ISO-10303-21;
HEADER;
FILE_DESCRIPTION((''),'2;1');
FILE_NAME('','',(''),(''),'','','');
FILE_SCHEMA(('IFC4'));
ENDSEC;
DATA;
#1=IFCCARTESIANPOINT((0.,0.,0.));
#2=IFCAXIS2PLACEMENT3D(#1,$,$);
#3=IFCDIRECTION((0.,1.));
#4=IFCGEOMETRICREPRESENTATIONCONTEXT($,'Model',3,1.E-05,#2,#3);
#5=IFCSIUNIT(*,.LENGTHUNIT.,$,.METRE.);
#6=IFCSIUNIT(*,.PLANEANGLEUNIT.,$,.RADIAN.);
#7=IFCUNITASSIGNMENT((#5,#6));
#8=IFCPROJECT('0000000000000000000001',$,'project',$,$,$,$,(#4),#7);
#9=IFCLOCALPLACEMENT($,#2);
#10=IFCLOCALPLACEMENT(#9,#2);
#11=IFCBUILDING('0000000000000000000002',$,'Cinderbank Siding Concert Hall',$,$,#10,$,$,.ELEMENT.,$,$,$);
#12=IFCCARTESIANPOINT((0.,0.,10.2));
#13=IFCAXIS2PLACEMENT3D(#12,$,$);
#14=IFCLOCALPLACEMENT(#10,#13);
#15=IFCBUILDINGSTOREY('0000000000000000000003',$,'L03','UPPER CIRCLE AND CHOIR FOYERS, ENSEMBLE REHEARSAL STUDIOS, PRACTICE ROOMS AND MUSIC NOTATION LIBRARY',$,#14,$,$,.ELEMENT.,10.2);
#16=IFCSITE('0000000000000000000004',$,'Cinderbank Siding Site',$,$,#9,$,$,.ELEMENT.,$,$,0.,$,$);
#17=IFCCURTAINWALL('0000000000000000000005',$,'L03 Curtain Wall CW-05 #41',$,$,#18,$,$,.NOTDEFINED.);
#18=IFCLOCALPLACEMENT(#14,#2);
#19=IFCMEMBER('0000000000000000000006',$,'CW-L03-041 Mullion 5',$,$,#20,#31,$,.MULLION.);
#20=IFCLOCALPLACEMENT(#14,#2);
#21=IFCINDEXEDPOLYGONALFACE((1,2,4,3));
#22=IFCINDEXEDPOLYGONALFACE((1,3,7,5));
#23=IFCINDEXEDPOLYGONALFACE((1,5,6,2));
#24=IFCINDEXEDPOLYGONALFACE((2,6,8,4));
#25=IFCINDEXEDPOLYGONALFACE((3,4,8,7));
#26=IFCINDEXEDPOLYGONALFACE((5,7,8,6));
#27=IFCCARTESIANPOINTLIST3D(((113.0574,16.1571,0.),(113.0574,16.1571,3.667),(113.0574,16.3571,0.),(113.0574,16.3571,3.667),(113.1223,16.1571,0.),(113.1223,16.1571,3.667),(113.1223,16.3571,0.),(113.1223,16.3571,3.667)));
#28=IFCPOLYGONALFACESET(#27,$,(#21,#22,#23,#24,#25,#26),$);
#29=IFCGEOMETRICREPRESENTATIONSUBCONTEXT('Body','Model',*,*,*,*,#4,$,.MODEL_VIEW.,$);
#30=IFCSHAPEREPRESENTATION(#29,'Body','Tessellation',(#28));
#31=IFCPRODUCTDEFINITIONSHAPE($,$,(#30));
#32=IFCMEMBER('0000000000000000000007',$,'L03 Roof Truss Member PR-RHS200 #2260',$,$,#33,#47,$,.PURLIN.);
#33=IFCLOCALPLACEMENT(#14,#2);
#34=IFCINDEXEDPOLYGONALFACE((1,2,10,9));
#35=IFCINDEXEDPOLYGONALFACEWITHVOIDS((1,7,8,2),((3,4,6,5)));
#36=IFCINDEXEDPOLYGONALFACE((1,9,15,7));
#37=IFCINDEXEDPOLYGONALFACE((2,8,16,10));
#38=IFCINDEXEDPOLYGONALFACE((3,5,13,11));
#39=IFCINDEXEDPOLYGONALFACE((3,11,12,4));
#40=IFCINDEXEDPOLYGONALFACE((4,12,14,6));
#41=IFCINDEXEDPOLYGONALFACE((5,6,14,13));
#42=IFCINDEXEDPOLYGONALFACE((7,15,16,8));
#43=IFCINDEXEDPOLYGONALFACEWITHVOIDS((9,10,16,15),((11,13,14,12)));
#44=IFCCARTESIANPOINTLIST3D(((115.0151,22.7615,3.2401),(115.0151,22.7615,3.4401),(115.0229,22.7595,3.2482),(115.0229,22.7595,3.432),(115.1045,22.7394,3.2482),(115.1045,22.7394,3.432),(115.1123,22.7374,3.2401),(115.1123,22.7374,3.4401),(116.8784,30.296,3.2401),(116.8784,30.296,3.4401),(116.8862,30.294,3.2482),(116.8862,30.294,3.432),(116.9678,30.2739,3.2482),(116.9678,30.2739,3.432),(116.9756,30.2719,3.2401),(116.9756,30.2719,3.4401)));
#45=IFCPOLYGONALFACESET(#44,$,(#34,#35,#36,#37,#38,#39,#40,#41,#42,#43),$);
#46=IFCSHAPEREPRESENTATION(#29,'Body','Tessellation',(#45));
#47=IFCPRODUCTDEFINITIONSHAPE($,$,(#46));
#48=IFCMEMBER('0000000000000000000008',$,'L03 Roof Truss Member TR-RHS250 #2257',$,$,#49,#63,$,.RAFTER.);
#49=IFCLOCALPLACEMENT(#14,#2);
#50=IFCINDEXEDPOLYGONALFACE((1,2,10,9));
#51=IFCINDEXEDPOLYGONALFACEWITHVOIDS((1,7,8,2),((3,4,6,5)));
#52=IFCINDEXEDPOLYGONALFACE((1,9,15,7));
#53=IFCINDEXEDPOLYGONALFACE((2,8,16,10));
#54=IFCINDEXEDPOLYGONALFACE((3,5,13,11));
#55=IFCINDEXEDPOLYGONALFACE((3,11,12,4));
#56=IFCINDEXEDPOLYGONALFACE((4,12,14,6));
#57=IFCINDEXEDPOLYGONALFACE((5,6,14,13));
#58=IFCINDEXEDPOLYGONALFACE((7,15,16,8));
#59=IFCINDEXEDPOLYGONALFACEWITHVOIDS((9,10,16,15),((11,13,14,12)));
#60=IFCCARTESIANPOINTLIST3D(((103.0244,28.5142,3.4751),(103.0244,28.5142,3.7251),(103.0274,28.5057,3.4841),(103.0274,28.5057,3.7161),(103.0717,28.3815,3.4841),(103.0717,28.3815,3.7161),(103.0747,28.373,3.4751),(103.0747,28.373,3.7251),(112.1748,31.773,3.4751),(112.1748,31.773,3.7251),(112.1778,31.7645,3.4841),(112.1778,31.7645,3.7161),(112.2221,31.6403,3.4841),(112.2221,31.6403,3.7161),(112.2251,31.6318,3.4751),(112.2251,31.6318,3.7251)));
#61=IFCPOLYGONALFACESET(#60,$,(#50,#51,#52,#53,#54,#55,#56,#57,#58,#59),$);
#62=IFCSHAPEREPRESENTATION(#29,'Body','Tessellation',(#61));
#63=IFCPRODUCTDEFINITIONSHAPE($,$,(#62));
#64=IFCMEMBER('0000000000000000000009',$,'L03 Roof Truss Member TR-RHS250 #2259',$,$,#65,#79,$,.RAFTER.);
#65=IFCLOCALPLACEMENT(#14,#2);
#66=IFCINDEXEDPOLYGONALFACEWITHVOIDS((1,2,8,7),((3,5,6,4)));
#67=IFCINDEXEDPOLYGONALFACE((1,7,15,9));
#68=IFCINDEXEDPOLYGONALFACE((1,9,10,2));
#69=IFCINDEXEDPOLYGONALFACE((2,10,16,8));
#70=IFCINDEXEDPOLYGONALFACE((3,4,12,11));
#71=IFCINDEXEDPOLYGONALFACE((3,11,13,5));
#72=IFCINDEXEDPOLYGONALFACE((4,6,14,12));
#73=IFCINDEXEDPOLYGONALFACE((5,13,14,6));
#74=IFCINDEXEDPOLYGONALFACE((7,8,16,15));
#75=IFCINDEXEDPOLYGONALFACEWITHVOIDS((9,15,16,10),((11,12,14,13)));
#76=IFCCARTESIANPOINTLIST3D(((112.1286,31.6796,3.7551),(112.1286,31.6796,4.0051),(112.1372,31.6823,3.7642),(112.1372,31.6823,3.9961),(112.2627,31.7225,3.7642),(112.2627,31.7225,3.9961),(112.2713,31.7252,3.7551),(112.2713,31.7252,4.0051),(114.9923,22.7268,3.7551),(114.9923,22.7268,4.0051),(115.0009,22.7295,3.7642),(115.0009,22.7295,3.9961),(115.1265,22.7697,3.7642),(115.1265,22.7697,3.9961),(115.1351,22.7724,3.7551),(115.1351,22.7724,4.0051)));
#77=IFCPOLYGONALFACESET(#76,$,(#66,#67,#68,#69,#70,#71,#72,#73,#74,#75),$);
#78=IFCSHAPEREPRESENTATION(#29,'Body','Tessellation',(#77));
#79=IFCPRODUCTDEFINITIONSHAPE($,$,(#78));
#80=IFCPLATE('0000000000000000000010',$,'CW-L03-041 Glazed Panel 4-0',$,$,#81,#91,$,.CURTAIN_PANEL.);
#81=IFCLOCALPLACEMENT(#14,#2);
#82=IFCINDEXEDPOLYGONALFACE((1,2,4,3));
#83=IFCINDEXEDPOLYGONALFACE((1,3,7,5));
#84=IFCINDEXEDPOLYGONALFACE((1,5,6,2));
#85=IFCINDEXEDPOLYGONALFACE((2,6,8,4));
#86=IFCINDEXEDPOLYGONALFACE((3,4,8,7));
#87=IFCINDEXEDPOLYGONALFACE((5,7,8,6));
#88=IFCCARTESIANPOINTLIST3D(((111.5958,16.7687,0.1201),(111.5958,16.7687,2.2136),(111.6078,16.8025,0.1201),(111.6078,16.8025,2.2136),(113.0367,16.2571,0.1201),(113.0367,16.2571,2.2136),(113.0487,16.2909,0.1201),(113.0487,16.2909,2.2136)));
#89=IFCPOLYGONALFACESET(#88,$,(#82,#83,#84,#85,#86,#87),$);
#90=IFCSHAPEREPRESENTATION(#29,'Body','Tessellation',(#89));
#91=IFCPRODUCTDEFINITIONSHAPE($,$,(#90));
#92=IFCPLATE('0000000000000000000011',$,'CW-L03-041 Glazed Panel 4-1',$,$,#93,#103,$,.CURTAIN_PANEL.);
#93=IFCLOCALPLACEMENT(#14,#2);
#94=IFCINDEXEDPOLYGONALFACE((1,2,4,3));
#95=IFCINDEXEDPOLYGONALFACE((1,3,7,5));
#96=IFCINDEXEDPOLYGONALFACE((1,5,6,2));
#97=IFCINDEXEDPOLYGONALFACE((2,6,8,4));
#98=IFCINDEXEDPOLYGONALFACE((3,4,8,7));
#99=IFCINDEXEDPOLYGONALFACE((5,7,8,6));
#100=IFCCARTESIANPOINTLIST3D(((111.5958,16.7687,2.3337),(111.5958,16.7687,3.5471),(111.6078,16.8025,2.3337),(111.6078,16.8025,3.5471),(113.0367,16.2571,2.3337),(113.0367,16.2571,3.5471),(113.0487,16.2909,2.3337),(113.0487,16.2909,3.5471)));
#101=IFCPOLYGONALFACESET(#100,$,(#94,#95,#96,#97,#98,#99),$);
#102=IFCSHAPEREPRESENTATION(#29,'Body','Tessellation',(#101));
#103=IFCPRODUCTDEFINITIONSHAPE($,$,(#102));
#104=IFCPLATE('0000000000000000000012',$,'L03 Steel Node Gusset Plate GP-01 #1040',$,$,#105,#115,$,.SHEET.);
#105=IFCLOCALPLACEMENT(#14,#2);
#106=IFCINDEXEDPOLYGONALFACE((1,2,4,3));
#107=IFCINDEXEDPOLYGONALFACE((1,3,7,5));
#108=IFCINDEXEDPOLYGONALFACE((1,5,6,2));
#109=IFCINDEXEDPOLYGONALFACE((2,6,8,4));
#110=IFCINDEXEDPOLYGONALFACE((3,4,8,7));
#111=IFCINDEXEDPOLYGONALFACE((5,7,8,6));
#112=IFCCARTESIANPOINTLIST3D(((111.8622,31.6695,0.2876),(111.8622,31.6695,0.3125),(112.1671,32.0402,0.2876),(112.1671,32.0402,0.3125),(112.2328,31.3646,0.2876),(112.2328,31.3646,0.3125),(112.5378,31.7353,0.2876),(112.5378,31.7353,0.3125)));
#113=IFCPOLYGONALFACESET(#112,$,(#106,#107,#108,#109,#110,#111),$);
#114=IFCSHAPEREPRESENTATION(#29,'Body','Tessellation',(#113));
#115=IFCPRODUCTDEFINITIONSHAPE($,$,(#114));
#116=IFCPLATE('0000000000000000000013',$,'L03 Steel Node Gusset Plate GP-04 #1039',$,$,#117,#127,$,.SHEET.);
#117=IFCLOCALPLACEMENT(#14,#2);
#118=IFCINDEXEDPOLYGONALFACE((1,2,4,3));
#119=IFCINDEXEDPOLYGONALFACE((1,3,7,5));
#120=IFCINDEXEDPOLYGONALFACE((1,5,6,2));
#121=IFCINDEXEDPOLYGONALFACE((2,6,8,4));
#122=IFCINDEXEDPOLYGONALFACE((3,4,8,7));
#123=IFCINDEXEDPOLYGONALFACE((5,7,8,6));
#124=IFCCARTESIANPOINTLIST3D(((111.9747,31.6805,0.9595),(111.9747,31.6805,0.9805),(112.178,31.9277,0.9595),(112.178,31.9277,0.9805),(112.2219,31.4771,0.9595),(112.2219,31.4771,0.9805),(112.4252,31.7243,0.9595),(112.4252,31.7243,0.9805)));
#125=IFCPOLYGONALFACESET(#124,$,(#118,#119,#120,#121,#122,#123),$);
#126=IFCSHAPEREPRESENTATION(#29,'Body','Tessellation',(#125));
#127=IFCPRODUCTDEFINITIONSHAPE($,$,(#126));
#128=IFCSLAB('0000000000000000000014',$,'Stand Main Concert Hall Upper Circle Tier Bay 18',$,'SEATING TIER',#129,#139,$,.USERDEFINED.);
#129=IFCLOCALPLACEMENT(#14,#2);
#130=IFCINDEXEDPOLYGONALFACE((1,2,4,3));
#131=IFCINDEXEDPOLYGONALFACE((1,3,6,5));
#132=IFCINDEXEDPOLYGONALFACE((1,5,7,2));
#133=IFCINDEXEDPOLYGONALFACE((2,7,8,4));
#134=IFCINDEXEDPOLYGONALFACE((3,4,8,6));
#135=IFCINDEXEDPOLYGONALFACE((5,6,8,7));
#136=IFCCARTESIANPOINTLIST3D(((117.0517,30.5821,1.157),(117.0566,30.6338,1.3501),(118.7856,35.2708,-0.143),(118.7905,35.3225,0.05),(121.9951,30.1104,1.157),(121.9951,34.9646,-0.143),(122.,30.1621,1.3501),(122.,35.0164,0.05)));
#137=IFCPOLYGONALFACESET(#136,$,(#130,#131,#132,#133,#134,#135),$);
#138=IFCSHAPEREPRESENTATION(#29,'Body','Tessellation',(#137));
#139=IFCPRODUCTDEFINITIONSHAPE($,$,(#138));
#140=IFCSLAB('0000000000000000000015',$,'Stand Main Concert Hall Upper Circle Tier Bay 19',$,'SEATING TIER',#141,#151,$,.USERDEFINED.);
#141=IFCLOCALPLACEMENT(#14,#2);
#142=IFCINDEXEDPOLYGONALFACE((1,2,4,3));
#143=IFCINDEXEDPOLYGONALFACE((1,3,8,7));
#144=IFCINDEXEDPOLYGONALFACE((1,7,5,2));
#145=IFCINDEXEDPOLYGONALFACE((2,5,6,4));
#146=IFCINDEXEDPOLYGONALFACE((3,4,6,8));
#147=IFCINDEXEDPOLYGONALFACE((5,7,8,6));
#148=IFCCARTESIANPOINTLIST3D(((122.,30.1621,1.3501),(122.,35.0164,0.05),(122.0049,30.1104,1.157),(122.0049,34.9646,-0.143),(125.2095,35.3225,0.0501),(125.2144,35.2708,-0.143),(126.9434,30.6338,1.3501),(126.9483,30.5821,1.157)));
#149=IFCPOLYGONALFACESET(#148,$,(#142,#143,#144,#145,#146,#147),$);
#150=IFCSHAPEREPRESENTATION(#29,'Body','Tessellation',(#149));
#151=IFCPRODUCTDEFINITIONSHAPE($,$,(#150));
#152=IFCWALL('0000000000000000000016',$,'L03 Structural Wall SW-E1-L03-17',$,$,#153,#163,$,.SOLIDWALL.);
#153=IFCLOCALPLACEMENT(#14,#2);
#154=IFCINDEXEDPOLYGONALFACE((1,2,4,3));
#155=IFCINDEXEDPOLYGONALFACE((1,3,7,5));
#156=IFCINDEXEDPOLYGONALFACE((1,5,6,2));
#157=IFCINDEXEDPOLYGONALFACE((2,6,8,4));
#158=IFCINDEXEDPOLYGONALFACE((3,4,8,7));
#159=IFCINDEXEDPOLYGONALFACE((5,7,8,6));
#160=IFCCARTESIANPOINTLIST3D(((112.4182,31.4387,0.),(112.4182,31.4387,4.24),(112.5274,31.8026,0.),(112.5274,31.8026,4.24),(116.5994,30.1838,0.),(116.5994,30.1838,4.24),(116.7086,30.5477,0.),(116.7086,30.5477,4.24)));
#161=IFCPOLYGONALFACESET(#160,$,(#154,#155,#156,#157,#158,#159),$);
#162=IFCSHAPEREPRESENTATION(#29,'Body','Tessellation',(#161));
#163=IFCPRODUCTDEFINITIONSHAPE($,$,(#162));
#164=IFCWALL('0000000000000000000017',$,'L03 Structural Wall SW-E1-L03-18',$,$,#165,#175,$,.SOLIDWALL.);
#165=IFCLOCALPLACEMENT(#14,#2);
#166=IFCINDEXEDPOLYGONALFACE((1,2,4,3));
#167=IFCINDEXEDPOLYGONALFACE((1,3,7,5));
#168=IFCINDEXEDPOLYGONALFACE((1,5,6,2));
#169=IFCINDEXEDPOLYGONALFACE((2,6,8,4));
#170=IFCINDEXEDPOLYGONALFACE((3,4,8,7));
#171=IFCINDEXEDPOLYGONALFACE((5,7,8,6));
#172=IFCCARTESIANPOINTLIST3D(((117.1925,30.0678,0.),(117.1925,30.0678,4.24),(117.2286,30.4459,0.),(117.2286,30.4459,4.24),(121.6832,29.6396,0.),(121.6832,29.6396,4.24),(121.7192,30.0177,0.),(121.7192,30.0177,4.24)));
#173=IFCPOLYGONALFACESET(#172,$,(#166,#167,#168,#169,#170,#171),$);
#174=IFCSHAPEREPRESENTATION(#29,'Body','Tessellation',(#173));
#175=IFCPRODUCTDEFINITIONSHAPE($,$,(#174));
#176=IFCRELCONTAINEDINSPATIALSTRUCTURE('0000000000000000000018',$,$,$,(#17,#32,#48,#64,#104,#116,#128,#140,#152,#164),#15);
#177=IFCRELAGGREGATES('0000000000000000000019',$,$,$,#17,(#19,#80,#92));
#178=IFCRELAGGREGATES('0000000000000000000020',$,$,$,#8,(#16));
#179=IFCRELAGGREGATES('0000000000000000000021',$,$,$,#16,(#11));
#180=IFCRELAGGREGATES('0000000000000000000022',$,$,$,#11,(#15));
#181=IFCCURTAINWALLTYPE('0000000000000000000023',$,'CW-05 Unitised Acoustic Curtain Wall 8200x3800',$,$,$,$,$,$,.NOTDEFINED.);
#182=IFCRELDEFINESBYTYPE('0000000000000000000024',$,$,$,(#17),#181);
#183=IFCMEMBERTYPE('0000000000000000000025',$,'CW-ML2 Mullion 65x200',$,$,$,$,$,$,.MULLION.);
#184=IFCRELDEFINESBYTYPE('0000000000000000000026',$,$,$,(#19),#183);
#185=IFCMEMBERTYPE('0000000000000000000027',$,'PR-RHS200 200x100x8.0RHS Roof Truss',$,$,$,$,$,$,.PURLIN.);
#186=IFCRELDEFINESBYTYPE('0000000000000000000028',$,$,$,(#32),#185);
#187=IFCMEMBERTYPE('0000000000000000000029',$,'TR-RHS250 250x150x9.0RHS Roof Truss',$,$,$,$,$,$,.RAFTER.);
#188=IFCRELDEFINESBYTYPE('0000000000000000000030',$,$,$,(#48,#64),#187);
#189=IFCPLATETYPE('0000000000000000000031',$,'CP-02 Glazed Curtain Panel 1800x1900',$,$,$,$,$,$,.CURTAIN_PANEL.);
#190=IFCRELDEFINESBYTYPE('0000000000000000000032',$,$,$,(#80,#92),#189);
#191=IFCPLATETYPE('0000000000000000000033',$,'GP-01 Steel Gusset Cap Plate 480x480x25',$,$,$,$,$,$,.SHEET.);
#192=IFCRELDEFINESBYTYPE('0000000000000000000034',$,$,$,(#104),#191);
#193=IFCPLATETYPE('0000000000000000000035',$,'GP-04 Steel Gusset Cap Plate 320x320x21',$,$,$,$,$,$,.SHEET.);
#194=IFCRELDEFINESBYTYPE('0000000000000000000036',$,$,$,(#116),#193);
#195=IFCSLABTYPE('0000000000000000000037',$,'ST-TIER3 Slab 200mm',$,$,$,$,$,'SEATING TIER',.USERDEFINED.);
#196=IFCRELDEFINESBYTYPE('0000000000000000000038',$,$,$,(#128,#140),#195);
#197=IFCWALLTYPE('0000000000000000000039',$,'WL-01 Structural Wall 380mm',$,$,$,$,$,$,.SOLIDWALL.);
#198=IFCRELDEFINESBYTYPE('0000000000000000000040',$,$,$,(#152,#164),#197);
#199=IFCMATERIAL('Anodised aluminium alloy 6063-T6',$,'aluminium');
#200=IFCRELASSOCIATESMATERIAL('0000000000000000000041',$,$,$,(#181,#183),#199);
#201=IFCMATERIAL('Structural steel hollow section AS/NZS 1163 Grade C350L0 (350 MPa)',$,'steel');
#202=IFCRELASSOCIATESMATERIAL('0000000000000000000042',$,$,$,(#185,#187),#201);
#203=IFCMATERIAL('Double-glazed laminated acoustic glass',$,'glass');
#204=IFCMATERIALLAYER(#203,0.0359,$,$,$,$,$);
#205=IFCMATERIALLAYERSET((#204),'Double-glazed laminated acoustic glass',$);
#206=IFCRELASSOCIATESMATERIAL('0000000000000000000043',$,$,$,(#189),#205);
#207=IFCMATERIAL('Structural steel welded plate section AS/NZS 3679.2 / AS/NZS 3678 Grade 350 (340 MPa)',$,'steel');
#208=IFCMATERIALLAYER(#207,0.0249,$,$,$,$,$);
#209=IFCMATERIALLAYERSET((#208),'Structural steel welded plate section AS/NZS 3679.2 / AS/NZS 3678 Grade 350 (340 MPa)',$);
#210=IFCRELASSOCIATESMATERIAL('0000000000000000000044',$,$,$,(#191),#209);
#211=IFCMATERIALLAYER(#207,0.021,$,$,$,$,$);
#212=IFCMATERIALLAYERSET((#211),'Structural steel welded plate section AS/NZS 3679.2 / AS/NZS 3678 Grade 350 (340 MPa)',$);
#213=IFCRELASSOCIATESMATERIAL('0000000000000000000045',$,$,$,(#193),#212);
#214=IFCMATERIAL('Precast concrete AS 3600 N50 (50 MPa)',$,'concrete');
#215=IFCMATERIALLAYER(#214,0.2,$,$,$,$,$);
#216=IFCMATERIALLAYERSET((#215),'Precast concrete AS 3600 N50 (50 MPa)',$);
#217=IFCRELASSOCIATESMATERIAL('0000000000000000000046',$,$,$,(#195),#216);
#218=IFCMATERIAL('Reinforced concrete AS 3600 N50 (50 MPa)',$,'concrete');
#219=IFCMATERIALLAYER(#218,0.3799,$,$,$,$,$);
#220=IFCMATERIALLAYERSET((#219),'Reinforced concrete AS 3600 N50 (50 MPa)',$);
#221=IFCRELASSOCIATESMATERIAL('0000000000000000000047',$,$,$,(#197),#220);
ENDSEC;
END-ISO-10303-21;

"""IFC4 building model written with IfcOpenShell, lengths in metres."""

from ifc_helpers import new_model, si_unit, direction, frame, frame_2d, origin, origin_2d, place, context, subcontext, project, spatial, polyline, rectangle, hollow_rectangle, outline, extrude, material, layer, layer_set, material_profile, profile_set, type_object, element, aggregate, save


model = new_model("IFC4")

# Units and contexts
model_context = context("Model", 3, precision=1e-05, world=origin(), true_north=direction((0.0, 1.0)))
body_context = subcontext(model_context, "Body", "Model", "MODEL_VIEW")
ifc_project = project(units=[si_unit("LENGTHUNIT", "METRE"), si_unit("PLANEANGLEUNIT", "RADIAN")], contexts=[model_context])

# Site, building, storey
site_placement = place(None, origin())
site = spatial("IfcSite", under=ifc_project, at=site_placement, Name="Cinderbank Siding Site", CompositionType="ELEMENT", RefElevation=0.0)
building_placement = place(site_placement, origin())
building = spatial("IfcBuilding", under=site, at=building_placement, Name="Cinderbank Siding Concert Hall", CompositionType="ELEMENT")
storey_placement = place(building_placement, frame((0.0, 0.0, 10.2)))
storey = spatial("IfcBuildingStorey", under=building, at=storey_placement, Name="L03", Description="UPPER CIRCLE AND CHOIR FOYERS, ENSEMBLE REHEARSAL STUDIOS, PRACTICE ROOMS AND MUSIC NOTATION LIBRARY", CompositionType="ELEMENT", Elevation=10.2)

# Shared definitions
ifc_material_1 = material(Name="Reinforced concrete AS 3600 N50 (50 MPa)", Category="concrete")

# Shared definitions
ifc_material_2 = material(Name="Structural steel hollow section AS/NZS 1163 Grade C350L0 (350 MPa)", Category="steel")

# Curtain wall, member
ifc_material_3 = material(Name="Anodised aluminium alloy 6063-T6", Category="aluminium")
curtain_wall_type = type_object("IfcCurtainWallType", Name="CW-05 Unitised Acoustic Curtain Wall 8200x3800", PredefinedType="NOTDEFINED", material=ifc_material_3)
curtain_wall_placement = place(storey_placement, origin())
curtain_wall = element("IfcCurtainWall", 1, at=curtain_wall_placement, inside=storey, type_object=curtain_wall_type, Name="L03 Curtain Wall CW-05 #41", PredefinedType="NOTDEFINED")
ifc_material_profile_1 = material_profile(ifc_material_3, rectangle(XDim=0.0649, YDim=0.2, at=origin_2d()), Name="ALU-MULL-65x200", Category="LoadBearing")
ifc_profile_set_1 = profile_set([ifc_material_profile_1], Name="Anodised aluminium alloy 6063-T6")
member_type_1 = type_object("IfcMemberType", Name="CW-ML2 Mullion 65x200", PredefinedType="MULLION", material=ifc_profile_set_1)
member_1_placement = place(storey_placement, frame((113.0898, 16.2571, 0.0), z_axis=(0.0, 0.0, 1.0), x_axis=(1.0, 0.0, 0.0)))
member_1 = element("IfcMember", 2, at=member_1_placement, type_object=member_type_1, Name="CW-L03-041 Mullion 5", PredefinedType="MULLION", context=body_context, shape_type="SweptSolid", body=[
    extrude(rectangle(XDim=0.0649, YDim=0.2, at=origin_2d()), origin(), (0.0, 0.0, 1.0), 3.667),
])

# Members
ifc_material_profile_2 = material_profile(ifc_material_2, hollow_rectangle(XDim=0.1001, YDim=0.2, WallThickness=0.0081, at=origin_2d()), Name="200x100x8.0RHS", Category="LoadBearing")
ifc_profile_set_2 = profile_set([ifc_material_profile_2], Name="Structural steel hollow section AS/NZS 1163 Grade C350L0 (350 MPa)")
member_type_2 = type_object("IfcMemberType", Name="PR-RHS200 200x100x8.0RHS Roof Truss", PredefinedType="PURLIN", material=ifc_profile_set_2)
member_2_placement = place(storey_placement, frame((116.927, 30.2839, 3.3401), z_axis=(-0.24007, -0.970756, 0.0), x_axis=(0.970756, -0.24007, 0.0)))
element("IfcMember", 3, at=member_2_placement, inside=storey, type_object=member_type_2, Name="L03 Roof Truss Member PR-RHS200 #2260", PredefinedType="PURLIN", context=body_context, shape_type="SweptSolid", body=[
    extrude(hollow_rectangle(XDim=0.1001, YDim=0.2, WallThickness=0.0081, at=origin_2d()), origin(), (0.0, 0.0, 1.0), 7.7615),
])
ifc_material_profile_3 = material_profile(ifc_material_2, hollow_rectangle(XDim=0.1499, YDim=0.25, WallThickness=0.009, at=origin_2d()), Name="250x150x9.0RHS", Category="LoadBearing")
ifc_profile_set_3 = profile_set([ifc_material_profile_3], Name="Structural steel hollow section AS/NZS 1163 Grade C350L0 (350 MPa)")
member_type_3 = type_object("IfcMemberType", Name="TR-RHS250 250x150x9.0RHS Roof Truss", PredefinedType="RAFTER", material=ifc_profile_set_3)
member_3_placement = place(storey_placement, frame((112.2, 31.7024, 3.6001), z_axis=(-0.942042, -0.335496, 0.0), x_axis=(0.335496, -0.942042, 0.0)))
element("IfcMember", 4, at=member_3_placement, inside=storey, type_object=member_type_3, Name="L03 Roof Truss Member TR-RHS250 #2257", PredefinedType="RAFTER", context=body_context, shape_type="SweptSolid", body=[
    extrude(hollow_rectangle(XDim=0.1499, YDim=0.25, WallThickness=0.009, at=origin_2d()), origin(), (0.0, 0.0, 1.0), 9.7134),
])
member_4_placement = place(storey_placement, frame((112.2, 31.7024, 3.8801), z_axis=(0.304665, -0.95246, 0.0), x_axis=(0.95246, 0.304665, 0.0)))
element("IfcMember", 5, at=member_4_placement, inside=storey, type_object=member_type_3, Name="L03 Roof Truss Member TR-RHS250 #2259", PredefinedType="RAFTER", context=body_context, shape_type="SweptSolid", body=[
    extrude(hollow_rectangle(XDim=0.1499, YDim=0.25, WallThickness=0.009, at=origin_2d()), origin(), (0.0, 0.0, 1.0), 9.3997),
])

# Plates
ifc_material_4 = material(Name="Double-glazed laminated acoustic glass", Category="glass")
ifc_layer_1 = layer(ifc_material_4, 0.0359)
ifc_layer_set_1 = layer_set([ifc_layer_1], Name="Double-glazed laminated acoustic glass")
plate_type_1 = type_object("IfcPlateType", Name="CP-02 Glazed Curtain Panel 1800x1900", PredefinedType="CURTAIN_PANEL", material=ifc_layer_set_1)
plate_1_placement = place(storey_placement, frame((112.3223, 16.5298, 0.1201), z_axis=(0.0, 0.0, 1.0), x_axis=(0.942366, -0.334585, 0.0)))
plate_1 = element("IfcPlate", 6, at=plate_1_placement, type_object=plate_type_1, Name="CW-L03-041 Glazed Panel 4-0", PredefinedType="CURTAIN_PANEL", context=body_context, shape_type="SweptSolid", body=[
    extrude(rectangle(XDim=1.5291, YDim=0.0359, at=origin_2d()), origin(), (0.0, 0.0, 1.0), 2.0935),
])
plate_2_placement = place(storey_placement, frame((112.3223, 16.5298, 2.3337), z_axis=(0.0, 0.0, 1.0), x_axis=(0.942366, -0.334585, 0.0)))
plate_2 = element("IfcPlate", 7, at=plate_2_placement, type_object=plate_type_1, Name="CW-L03-041 Glazed Panel 4-1", PredefinedType="CURTAIN_PANEL", context=body_context, shape_type="SweptSolid", body=[
    extrude(rectangle(XDim=1.5291, YDim=0.0359, at=origin_2d()), origin(), (0.0, 0.0, 1.0), 1.2134),
])
aggregate(curtain_wall, [member_1, plate_1, plate_2])

# Plates
ifc_material_5 = material(Name="Structural steel welded plate section AS/NZS 3679.2 / AS/NZS 3678 Grade 350 (340 MPa)", Category="steel")
ifc_layer_2 = layer(ifc_material_5, 0.0249)
ifc_layer_set_2 = layer_set([ifc_layer_2], Name="Structural steel welded plate section AS/NZS 3679.2 / AS/NZS 3678 Grade 350 (340 MPa)")
plate_type_2 = type_object("IfcPlateType", Name="GP-01 Steel Gusset Cap Plate 480x480x25", PredefinedType="SHEET", material=ifc_layer_set_2)
plate_3_placement = place(storey_placement, frame((112.2, 31.7024, 0.2876), z_axis=(0.0, 0.0, 1.0), x_axis=(0.63527, 0.77229, 0.0)))
element("IfcPlate", 8, at=plate_3_placement, inside=storey, type_object=plate_type_2, Name="L03 Steel Node Gusset Plate GP-01 #1040", PredefinedType="SHEET", context=body_context, shape_type="SweptSolid", body=[
    extrude(rectangle(XDim=0.48, YDim=0.48, at=origin_2d()), origin(), (0.0, 0.0, 1.0), 0.0249),
])
ifc_layer_3 = layer(ifc_material_5, 0.021)
ifc_layer_set_3 = layer_set([ifc_layer_3], Name="Structural steel welded plate section AS/NZS 3679.2 / AS/NZS 3678 Grade 350 (340 MPa)")
plate_type_3 = type_object("IfcPlateType", Name="GP-04 Steel Gusset Cap Plate 320x320x21", PredefinedType="SHEET", material=ifc_layer_set_3)
plate_4_placement = place(storey_placement, frame((112.2, 31.7024, 0.9595), z_axis=(0.0, 0.0, 1.0), x_axis=(-0.63527, -0.77229, 0.0)))
element("IfcPlate", 9, at=plate_4_placement, inside=storey, type_object=plate_type_3, Name="L03 Steel Node Gusset Plate GP-04 #1039", PredefinedType="SHEET", context=body_context, shape_type="SweptSolid", body=[
    extrude(rectangle(XDim=0.3201, YDim=0.3201, at=origin_2d()), origin(), (0.0, 0.0, 1.0), 0.021),
])

# Slabs
ifc_material_6 = material(Name="Precast concrete AS 3600 N50 (50 MPa)", Category="concrete")
ifc_layer_4 = layer(ifc_material_6, 0.2)
ifc_layer_set_4 = layer_set([ifc_layer_4], Name="Precast concrete AS 3600 N50 (50 MPa)")
slab_type = type_object("IfcSlabType", Name="ST-TIER3 Slab 200mm", ElementType="SEATING TIER", PredefinedType="USERDEFINED", material=ifc_layer_set_4)
slab_1_placement = place(storey_placement, frame((118.7905, 35.3225, 0.05), z_axis=(0.024674, 0.258623, 0.965663), x_axis=(0.995481, -0.09496, -0.000004)))
element("IfcSlab", 10, at=slab_1_placement, inside=storey, type_object=slab_type, Name="Stand Main Concert Hall Upper Circle Tier Bay 18", ObjectType="SEATING TIER", PredefinedType="USERDEFINED", context=body_context, shape_type="SweptSolid", body=[
    extrude(outline(polyline([(0.0, 0.0), (3.224, 0.0), (3.685, -5.0041), (-1.2808, -5.004), (0.0, 0.0)])), origin(), (0.0, 0.0, -1.0), 0.2),
])
slab_2_placement = place(storey_placement, frame((122.0, 35.0164, 0.05), z_axis=(-0.024674, 0.258623, 0.965663), x_axis=(0.995481, 0.09496, 0.000004)))
element("IfcSlab", 11, at=slab_2_placement, inside=storey, type_object=slab_type, Name="Stand Main Concert Hall Upper Circle Tier Bay 19", ObjectType="SEATING TIER", PredefinedType="USERDEFINED", context=body_context, shape_type="SweptSolid", body=[
    extrude(outline(polyline([(0.0, 0.0), (3.224, 0.0), (4.5049, -5.004), (-0.461, -5.0041), (0.0, 0.0)])), origin(), (0.0, 0.0, -1.0), 0.2),
])

# Walls
ifc_layer_5 = layer(ifc_material_1, 0.3799)
ifc_layer_set_5 = layer_set([ifc_layer_5], Name="Reinforced concrete AS 3600 N50 (50 MPa)")
wall_type_1 = type_object("IfcWallType", Name="WL-01 Structural Wall 380mm", PredefinedType="SOLIDWALL", material=ifc_layer_set_5)
wall_1_placement = place(storey_placement, frame((112.4729, 31.6206, 0.0), z_axis=(0.0, 0.0, 1.0), x_axis=(0.957792, -0.287461, 0.0)))
element("IfcWall", 12, at=wall_1_placement, inside=storey, type_object=wall_type_1, Name="L03 Structural Wall SW-E1-L03-17", PredefinedType="SOLIDWALL", context=body_context, shape_type="SweptSolid", body=[
    extrude(rectangle(XDim=4.3655, YDim=0.3799, at=frame_2d((2.1826, 0.0))), origin(), (0.0, 0.0, 1.0), 4.24),
])
wall_2_placement = place(storey_placement, frame((117.2107, 30.2568, 0.0), z_axis=(0.0, 0.0, 1.0), x_axis=(0.995484, -0.094927, 0.0)))
element("IfcWall", 13, at=wall_2_placement, inside=storey, type_object=wall_type_1, Name="L03 Structural Wall SW-E1-L03-18", PredefinedType="SOLIDWALL", context=body_context, shape_type="SweptSolid", body=[
    extrude(rectangle(XDim=4.511, YDim=0.3799, at=frame_2d((2.2554, 0.0))), origin(), (0.0, 0.0, 1.0), 4.24),
])

save(model, "model.ifc")
